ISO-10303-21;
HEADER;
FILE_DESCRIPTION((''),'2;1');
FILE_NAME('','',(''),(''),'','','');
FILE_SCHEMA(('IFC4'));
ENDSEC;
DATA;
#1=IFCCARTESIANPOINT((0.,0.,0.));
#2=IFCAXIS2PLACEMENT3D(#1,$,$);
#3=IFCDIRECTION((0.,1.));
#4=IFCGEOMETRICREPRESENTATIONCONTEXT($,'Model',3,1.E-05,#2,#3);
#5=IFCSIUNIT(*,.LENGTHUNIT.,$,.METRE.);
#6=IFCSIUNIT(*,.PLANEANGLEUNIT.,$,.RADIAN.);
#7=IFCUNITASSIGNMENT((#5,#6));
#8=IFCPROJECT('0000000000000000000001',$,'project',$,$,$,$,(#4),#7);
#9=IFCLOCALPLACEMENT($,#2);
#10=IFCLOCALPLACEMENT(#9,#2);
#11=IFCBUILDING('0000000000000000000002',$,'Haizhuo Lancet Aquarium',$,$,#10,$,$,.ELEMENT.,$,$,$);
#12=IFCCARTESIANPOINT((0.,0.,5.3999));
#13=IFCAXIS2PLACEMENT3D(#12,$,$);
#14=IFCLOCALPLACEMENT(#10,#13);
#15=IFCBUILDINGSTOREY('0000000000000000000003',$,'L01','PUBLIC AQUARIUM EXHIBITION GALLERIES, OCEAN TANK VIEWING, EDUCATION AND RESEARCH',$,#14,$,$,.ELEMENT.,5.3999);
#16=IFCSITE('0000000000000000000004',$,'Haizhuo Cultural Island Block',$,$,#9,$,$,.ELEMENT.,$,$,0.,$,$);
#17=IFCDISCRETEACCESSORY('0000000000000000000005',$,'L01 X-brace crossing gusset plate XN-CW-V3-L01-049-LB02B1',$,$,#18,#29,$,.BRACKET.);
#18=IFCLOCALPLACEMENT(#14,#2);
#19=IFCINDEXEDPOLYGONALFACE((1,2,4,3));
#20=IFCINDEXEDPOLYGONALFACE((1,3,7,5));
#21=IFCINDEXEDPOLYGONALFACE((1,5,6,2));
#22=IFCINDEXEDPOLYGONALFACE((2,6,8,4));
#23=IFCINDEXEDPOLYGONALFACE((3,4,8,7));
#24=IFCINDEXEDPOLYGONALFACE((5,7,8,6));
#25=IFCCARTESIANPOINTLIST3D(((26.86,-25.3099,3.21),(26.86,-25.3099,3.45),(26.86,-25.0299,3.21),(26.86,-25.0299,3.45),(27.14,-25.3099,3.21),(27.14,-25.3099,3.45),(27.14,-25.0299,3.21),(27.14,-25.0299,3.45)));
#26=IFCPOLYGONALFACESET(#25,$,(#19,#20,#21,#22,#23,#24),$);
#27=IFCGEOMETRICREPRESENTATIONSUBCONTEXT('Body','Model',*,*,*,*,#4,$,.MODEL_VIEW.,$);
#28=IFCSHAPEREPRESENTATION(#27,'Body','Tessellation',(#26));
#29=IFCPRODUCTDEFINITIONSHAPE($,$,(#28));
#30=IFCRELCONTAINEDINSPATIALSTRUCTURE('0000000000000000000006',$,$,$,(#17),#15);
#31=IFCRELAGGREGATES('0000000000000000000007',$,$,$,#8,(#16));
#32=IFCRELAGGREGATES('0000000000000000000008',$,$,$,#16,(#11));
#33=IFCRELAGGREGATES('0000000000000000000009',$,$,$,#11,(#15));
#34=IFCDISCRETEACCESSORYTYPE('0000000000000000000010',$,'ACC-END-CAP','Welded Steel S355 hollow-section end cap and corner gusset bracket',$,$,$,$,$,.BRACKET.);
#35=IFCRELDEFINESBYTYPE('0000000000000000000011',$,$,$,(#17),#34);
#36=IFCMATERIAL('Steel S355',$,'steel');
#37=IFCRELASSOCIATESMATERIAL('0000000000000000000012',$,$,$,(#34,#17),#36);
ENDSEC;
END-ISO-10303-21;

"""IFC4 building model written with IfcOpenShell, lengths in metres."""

from ifc_helpers import new_model, si_unit, direction, frame, origin, origin_2d, place, context, subcontext, project, spatial, rectangle, extrude, material, type_object, element, save


model = new_model("IFC4")

# Units and contexts
model_context = context("Model", 3, precision=1e-05, world=origin(), true_north=direction((0.0, 1.0)))
body_context = subcontext(model_context, "Body", "Model", "MODEL_VIEW")
ifc_project = project(units=[si_unit("LENGTHUNIT", "METRE"), si_unit("PLANEANGLEUNIT", "RADIAN")], contexts=[model_context])

# Site, building, storey
site_placement = place(None, origin())
site = spatial("IfcSite", under=ifc_project, at=site_placement, Name="Haizhuo Cultural Island Block", CompositionType="ELEMENT", RefElevation=0.0)
building_placement = place(site_placement, origin())
building = spatial("IfcBuilding", under=site, at=building_placement, Name="Haizhuo Lancet Aquarium", CompositionType="ELEMENT")
storey_placement = place(building_placement, frame((0.0, 0.0, 5.3999)))
storey = spatial("IfcBuildingStorey", under=building, at=storey_placement, Name="L01", Description="PUBLIC AQUARIUM EXHIBITION GALLERIES, OCEAN TANK VIEWING, EDUCATION AND RESEARCH", CompositionType="ELEMENT", Elevation=5.3999)

# Shared definitions
ifc_material_1 = material(Name="Steel S355", Category="steel")

# Discrete accessory
discrete_accessory_type = type_object("IfcDiscreteAccessoryType", Name="ACC-END-CAP", Description="Welded Steel S355 hollow-section end cap and corner gusset bracket", PredefinedType="BRACKET", material=ifc_material_1)
for number, where, z_axis, x_axis, name in (
    (1, (27.0, -25.1699, 3.21), (0.0, 0.0, 1.0), (1.0, 0.0, 0.0), "L01 X-brace crossing gusset plate XN-CW-V3-L01-049-LB02B1"),
):
    element("IfcDiscreteAccessory", number, at=place(storey_placement, frame(where, z_axis=z_axis, x_axis=x_axis)), inside=storey, type_object=discrete_accessory_type, material=ifc_material_1, Name=name, PredefinedType="BRACKET", context=body_context, shape_type="SweptSolid", body=[
        extrude(rectangle(XDim=0.28, YDim=0.28, at=origin_2d()), origin(), (0.0, 0.0, 1.0), 0.24),
    ])

save(model, "model.ifc")
